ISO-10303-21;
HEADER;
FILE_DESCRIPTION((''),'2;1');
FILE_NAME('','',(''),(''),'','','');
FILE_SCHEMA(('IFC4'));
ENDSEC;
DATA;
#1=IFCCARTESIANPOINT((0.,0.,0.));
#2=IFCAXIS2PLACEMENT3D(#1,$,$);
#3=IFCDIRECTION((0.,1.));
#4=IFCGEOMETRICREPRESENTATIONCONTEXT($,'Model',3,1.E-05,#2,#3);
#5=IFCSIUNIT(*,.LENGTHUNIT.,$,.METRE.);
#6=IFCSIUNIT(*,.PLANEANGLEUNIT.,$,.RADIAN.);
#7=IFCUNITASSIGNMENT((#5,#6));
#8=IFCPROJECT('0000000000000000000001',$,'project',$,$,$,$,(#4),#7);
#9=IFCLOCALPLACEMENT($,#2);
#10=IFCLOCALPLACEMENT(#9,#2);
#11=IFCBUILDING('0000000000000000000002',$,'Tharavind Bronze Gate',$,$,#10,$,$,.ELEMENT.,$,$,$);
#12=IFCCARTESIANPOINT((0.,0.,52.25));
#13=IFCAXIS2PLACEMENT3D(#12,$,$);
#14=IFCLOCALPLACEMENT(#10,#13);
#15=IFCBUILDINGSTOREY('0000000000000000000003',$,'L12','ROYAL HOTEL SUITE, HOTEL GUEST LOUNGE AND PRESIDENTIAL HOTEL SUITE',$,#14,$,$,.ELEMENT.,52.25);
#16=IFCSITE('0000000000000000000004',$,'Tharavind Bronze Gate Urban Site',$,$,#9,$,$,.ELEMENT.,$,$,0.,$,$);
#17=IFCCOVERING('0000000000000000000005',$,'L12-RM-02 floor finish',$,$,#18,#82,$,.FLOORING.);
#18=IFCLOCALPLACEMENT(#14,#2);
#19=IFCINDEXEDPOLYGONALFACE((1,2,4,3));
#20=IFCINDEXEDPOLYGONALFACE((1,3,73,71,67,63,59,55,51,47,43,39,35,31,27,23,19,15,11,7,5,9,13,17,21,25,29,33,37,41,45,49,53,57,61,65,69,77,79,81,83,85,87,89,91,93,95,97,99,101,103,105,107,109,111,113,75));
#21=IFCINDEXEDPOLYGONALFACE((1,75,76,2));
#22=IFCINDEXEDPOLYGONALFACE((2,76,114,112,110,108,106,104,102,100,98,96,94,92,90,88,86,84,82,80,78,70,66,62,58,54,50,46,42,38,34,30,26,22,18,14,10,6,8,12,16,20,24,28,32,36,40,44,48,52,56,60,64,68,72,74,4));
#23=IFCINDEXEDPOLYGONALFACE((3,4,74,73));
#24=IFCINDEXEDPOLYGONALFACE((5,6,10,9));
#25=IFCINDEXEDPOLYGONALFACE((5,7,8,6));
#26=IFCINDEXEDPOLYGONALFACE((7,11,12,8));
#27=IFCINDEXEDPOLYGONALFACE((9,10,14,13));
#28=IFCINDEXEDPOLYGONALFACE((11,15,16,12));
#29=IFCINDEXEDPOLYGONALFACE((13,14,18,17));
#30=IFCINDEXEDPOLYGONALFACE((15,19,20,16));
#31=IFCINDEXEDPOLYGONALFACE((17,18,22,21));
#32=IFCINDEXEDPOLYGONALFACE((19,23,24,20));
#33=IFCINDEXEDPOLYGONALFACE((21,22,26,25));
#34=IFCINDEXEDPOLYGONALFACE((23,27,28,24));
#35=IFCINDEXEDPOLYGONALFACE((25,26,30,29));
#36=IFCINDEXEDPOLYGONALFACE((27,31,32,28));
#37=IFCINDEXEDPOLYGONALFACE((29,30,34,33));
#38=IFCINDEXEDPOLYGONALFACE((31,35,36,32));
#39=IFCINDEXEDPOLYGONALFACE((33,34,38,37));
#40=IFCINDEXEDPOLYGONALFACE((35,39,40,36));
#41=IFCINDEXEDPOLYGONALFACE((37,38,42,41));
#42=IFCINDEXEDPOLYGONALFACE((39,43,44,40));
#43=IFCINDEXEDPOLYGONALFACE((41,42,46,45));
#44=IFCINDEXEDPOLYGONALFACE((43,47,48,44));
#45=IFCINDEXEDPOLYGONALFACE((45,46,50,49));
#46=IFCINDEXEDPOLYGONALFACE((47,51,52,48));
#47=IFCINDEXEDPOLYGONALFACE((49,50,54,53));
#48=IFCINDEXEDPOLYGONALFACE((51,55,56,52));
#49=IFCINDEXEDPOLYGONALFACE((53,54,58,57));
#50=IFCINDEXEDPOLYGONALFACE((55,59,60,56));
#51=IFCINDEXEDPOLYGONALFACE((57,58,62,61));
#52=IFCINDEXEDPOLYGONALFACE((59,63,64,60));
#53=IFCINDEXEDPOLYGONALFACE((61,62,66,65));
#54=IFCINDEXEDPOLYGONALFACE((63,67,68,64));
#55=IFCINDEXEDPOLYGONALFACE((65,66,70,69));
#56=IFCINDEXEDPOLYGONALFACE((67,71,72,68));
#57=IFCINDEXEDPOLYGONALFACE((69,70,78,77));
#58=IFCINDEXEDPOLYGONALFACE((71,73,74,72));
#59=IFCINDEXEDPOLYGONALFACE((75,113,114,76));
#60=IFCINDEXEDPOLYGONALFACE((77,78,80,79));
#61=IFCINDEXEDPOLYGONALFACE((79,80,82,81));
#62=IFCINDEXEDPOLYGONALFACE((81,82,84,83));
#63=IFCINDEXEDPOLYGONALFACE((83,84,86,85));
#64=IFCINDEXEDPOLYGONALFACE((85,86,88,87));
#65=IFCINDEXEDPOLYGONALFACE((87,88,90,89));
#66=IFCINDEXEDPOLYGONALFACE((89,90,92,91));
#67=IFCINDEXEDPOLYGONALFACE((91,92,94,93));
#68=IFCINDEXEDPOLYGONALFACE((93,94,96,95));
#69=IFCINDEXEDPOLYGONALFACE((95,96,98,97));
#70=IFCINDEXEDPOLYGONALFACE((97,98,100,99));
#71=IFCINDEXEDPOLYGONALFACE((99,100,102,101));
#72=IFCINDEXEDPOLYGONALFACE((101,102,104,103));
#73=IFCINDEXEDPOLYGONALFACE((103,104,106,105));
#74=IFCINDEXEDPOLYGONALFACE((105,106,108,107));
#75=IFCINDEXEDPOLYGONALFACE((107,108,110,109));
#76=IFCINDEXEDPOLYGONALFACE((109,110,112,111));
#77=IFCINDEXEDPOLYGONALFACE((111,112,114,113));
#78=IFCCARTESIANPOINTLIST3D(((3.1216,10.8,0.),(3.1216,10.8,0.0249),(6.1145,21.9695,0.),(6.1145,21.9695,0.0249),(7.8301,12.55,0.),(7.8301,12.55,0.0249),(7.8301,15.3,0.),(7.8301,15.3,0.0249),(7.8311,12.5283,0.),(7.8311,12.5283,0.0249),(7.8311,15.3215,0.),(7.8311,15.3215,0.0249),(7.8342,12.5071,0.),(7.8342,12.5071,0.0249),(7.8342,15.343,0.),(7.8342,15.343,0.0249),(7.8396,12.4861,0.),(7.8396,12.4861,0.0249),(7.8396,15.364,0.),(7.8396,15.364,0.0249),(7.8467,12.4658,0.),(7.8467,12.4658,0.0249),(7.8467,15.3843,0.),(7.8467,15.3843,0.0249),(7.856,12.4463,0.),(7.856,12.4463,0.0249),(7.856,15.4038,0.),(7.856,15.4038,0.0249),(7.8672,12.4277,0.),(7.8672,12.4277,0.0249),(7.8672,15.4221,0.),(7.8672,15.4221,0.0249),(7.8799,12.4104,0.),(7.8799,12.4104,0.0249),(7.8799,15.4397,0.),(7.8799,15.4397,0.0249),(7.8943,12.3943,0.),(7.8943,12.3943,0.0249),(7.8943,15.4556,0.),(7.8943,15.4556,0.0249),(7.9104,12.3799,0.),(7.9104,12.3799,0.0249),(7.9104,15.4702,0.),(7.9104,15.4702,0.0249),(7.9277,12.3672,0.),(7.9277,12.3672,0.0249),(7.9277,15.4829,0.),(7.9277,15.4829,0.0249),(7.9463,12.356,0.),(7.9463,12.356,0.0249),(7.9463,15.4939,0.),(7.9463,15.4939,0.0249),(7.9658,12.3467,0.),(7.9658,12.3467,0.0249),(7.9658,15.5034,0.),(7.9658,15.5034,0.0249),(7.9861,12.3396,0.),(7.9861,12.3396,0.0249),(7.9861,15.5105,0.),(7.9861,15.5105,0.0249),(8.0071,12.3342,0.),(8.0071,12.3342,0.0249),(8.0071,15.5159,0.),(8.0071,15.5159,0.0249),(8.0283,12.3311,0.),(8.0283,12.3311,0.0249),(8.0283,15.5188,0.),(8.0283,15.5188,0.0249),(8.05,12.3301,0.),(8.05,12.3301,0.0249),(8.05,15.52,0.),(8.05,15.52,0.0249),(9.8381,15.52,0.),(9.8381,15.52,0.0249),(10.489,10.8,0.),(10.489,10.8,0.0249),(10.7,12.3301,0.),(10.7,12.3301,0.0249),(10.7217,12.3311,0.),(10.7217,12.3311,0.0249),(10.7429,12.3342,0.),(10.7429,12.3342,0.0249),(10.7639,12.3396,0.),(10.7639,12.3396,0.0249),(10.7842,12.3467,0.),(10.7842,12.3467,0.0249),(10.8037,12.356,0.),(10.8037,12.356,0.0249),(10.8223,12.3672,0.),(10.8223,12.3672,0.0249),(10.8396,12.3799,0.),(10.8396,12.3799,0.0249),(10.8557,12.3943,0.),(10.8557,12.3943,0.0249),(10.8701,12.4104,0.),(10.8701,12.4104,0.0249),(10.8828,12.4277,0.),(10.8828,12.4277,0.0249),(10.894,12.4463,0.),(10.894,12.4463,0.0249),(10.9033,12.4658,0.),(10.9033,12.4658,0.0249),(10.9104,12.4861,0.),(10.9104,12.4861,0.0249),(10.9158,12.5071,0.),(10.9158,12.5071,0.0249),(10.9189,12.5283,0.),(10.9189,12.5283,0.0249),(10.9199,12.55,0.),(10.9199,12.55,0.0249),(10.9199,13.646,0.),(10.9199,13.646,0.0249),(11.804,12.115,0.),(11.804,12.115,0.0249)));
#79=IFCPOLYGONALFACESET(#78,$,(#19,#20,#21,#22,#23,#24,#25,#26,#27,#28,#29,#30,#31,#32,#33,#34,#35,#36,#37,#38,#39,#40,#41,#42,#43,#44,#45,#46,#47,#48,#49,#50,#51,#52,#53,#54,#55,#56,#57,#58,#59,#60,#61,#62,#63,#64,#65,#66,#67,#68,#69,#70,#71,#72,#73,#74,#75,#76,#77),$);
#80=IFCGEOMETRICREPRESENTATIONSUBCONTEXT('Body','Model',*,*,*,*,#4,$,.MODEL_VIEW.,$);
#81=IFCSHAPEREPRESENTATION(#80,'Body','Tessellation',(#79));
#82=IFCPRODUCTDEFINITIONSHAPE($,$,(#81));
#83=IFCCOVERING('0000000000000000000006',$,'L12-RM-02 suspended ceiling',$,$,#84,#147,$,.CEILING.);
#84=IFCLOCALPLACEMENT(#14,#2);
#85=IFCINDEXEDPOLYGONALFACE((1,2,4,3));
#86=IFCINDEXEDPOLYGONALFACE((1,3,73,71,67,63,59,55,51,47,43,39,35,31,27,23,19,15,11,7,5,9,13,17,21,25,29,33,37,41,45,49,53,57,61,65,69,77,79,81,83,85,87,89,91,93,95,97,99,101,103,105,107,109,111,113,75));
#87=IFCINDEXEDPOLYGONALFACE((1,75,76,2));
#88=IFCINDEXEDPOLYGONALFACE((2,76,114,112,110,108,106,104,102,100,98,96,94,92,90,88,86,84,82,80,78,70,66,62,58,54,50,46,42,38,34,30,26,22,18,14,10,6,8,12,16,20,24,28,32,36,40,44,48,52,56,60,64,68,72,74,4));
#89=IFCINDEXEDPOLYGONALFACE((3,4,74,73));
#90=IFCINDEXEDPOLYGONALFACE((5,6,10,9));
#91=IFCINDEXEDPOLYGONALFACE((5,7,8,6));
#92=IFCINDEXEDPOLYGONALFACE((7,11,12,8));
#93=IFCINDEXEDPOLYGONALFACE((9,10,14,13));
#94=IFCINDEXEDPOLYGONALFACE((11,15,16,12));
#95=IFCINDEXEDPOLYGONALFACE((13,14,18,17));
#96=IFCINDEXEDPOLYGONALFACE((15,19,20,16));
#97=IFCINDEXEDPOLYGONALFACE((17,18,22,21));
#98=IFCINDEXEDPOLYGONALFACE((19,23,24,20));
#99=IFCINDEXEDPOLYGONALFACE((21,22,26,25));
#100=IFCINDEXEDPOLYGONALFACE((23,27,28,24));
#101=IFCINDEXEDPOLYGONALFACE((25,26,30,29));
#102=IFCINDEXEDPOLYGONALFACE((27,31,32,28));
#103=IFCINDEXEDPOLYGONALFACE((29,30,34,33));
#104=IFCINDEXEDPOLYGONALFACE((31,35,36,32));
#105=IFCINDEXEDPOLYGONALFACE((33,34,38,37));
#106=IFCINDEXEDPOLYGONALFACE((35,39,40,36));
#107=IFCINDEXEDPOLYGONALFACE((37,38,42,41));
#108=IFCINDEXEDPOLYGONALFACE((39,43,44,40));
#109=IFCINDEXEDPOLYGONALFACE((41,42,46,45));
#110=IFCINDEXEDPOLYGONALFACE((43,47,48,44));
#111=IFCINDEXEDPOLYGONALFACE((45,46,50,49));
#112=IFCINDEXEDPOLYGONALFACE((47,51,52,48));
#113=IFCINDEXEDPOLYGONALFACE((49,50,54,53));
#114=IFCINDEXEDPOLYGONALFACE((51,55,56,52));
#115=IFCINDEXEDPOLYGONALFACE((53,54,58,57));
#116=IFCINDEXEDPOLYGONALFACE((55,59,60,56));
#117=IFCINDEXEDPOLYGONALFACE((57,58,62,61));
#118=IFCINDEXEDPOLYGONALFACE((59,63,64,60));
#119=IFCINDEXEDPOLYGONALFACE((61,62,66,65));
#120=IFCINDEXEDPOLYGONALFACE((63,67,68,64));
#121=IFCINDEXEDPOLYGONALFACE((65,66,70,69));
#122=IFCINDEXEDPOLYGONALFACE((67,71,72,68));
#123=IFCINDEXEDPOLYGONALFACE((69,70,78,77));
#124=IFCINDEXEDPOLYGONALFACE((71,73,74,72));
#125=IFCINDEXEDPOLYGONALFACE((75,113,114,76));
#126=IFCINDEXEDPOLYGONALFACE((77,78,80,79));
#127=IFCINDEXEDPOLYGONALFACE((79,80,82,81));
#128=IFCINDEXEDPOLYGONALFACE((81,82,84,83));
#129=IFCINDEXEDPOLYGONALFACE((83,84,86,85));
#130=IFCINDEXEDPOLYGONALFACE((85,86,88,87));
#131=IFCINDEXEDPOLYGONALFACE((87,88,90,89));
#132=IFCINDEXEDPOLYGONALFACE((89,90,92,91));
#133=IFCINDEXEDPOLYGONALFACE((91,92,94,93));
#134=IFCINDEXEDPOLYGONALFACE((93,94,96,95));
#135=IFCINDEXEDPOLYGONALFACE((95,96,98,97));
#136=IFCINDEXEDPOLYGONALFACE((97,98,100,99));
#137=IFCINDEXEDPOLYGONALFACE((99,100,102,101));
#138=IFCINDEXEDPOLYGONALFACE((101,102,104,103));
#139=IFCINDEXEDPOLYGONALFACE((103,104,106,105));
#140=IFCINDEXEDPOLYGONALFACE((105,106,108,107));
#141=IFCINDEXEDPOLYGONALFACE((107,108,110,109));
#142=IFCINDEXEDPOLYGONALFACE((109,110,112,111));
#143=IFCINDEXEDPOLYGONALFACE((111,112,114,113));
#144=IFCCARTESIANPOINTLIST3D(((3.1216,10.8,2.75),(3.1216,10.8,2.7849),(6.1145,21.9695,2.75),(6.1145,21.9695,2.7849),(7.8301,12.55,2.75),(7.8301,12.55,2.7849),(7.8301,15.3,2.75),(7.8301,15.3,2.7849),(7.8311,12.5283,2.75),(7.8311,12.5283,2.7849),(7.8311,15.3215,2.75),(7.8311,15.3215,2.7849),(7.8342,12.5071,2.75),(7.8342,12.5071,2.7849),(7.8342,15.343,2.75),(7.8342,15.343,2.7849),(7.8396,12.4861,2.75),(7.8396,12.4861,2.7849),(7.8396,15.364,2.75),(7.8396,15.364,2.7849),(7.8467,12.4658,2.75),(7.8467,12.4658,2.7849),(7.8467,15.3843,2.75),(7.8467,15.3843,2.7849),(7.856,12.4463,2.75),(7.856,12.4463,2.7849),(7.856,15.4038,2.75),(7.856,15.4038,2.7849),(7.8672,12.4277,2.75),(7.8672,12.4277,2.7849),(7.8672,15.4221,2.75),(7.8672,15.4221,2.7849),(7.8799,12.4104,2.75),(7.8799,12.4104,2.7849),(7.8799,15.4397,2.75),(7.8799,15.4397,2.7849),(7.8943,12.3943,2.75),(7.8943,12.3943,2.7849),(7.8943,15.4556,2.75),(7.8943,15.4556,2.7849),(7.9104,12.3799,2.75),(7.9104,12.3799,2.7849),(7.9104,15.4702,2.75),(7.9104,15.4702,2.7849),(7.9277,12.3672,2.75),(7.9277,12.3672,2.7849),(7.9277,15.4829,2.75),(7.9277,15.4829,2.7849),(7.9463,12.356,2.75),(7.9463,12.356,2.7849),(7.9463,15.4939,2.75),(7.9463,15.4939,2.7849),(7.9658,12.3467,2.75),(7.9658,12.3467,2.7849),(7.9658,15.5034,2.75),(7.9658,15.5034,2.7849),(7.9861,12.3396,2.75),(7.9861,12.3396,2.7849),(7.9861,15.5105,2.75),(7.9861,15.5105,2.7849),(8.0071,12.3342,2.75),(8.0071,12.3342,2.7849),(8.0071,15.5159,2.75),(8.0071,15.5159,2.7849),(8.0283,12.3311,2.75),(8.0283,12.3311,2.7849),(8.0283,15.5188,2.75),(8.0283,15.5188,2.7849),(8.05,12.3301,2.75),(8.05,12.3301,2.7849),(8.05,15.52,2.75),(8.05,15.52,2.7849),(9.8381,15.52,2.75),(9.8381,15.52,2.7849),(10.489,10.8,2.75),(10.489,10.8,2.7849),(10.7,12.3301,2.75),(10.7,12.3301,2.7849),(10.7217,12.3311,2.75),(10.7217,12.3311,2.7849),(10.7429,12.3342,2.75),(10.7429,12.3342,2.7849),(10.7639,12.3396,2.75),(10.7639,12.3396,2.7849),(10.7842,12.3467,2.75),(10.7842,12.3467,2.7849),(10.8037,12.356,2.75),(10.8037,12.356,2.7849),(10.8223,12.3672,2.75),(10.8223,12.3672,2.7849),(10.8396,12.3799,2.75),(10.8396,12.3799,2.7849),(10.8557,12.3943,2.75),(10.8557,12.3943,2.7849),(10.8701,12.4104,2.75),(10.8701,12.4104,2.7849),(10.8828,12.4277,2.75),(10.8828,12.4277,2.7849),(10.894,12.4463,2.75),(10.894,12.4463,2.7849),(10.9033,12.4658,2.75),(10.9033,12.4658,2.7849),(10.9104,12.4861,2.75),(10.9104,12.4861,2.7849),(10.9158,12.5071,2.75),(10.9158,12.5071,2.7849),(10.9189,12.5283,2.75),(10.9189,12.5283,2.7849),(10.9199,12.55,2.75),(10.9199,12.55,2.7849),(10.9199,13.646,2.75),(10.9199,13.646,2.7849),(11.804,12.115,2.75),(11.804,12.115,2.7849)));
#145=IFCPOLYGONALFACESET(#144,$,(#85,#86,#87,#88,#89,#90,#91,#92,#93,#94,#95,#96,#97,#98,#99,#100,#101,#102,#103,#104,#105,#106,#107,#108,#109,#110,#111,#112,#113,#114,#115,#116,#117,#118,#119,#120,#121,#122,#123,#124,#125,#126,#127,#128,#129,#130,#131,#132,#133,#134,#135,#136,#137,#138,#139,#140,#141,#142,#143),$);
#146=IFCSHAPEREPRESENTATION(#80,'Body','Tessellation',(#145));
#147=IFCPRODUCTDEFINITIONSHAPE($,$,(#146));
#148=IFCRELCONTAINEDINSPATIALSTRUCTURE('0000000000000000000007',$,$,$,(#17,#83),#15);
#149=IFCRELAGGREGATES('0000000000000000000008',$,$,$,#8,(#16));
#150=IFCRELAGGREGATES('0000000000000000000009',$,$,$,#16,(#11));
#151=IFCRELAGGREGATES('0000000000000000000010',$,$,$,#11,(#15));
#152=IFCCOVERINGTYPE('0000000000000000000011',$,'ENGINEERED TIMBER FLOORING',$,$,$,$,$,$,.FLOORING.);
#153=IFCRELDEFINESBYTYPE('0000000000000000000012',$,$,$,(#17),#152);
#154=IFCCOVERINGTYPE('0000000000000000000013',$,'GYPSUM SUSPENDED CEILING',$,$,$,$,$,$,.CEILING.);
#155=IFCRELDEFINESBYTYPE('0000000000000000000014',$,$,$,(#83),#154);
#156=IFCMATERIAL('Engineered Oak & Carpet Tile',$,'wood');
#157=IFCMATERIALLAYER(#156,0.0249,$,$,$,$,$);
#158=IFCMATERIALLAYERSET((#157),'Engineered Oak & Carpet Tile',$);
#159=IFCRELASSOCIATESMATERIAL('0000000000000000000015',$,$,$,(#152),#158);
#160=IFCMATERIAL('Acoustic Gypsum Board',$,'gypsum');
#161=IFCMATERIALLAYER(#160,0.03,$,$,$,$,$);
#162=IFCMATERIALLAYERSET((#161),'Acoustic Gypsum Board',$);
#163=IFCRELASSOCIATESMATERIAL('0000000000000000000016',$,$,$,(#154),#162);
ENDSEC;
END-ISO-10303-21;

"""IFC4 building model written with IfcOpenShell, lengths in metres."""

from ifc_helpers import new_model, si_unit, direction, frame, origin, place, context, subcontext, project, spatial, polyline, outline, extrude, material, layer, layer_set, type_object, element, save


model = new_model("IFC4")

# Units and contexts
model_context = context("Model", 3, precision=1e-05, world=origin(), true_north=direction((0.0, 1.0)))
body_context = subcontext(model_context, "Body", "Model", "MODEL_VIEW")
ifc_project = project(units=[si_unit("LENGTHUNIT", "METRE"), si_unit("PLANEANGLEUNIT", "RADIAN")], contexts=[model_context])

# Site, building, storey
site_placement = place(None, origin())
site = spatial("IfcSite", under=ifc_project, at=site_placement, Name="Tharavind Bronze Gate Urban Site", CompositionType="ELEMENT", RefElevation=0.0)
building_placement = place(site_placement, origin())
building = spatial("IfcBuilding", under=site, at=building_placement, Name="Tharavind Bronze Gate", CompositionType="ELEMENT")
storey_placement = place(building_placement, frame((0.0, 0.0, 52.25)))
storey = spatial("IfcBuildingStorey", under=building, at=storey_placement, Name="L12", Description="ROYAL HOTEL SUITE, HOTEL GUEST LOUNGE AND PRESIDENTIAL HOTEL SUITE", CompositionType="ELEMENT", Elevation=52.25)

# Coverings
ifc_material_1 = material(Name="Engineered Oak & Carpet Tile", Category="wood")
ifc_layer_1 = layer(ifc_material_1, 0.0249)
ifc_layer_set_1 = layer_set([ifc_layer_1], Name="Engineered Oak & Carpet Tile")
covering_type_1 = type_object("IfcCoveringType", Name="ENGINEERED TIMBER FLOORING", PredefinedType="FLOORING", material=ifc_layer_set_1)
covering_1_placement = place(storey_placement, origin())
element("IfcCovering", 1, at=covering_1_placement, inside=storey, type_object=covering_type_1, Name="L12-RM-02 floor finish", PredefinedType="FLOORING", context=body_context, shape_type="SweptSolid", body=[
    extrude(outline(polyline([(10.489, 10.8), (11.804, 12.115), (10.9199, 13.646), (10.9199, 12.55), (10.9189, 12.5283), (10.9158, 12.5071), (10.9104, 12.4861), (10.9033, 12.4658), (10.894, 12.4463), (10.8828, 12.4277), (10.8701, 12.4104), (10.8557, 12.3943), (10.8396, 12.3799), (10.8223, 12.3672), (10.8037, 12.356), (10.7842, 12.3467), (10.7639, 12.3396), (10.7429, 12.3342), (10.7217, 12.3311), (10.7, 12.3301), (8.05, 12.3301), (8.0283, 12.3311), (8.0071, 12.3342), (7.9861, 12.3396), (7.9658, 12.3467), (7.9463, 12.356), (7.9277, 12.3672), (7.9104, 12.3799), (7.8943, 12.3943), (7.8799, 12.4104), (7.8672, 12.4277), (7.856, 12.4463), (7.8467, 12.4658), (7.8396, 12.4861), (7.8342, 12.5071), (7.8311, 12.5283), (7.8301, 12.55), (7.8301, 15.3), (7.8311, 15.3215), (7.8342, 15.343), (7.8396, 15.364), (7.8467, 15.3843), (7.856, 15.4038), (7.8672, 15.4221), (7.8799, 15.4397), (7.8943, 15.4556), (7.9104, 15.4702), (7.9277, 15.4829), (7.9463, 15.4939), (7.9658, 15.5034), (7.9861, 15.5105), (8.0071, 15.5159), (8.0283, 15.5188), (8.05, 15.52), (9.8381, 15.52), (6.1145, 21.9695), (3.1216, 10.8), (10.489, 10.8)])), origin(), (0.0, 0.0, 1.0), 0.0249),
])
ifc_material_2 = material(Name="Acoustic Gypsum Board", Category="gypsum")
ifc_layer_2 = layer(ifc_material_2, 0.03)
ifc_layer_set_2 = layer_set([ifc_layer_2], Name="Acoustic Gypsum Board")
covering_type_2 = type_object("IfcCoveringType", Name="GYPSUM SUSPENDED CEILING", PredefinedType="CEILING", material=ifc_layer_set_2)
covering_2_placement = place(storey_placement, frame((0.0, 0.0, 2.75)))
element("IfcCovering", 2, at=covering_2_placement, inside=storey, type_object=covering_type_2, Name="L12-RM-02 suspended ceiling", PredefinedType="CEILING", context=body_context, shape_type="SweptSolid", body=[
    extrude(outline(polyline([(10.489, 10.8), (11.804, 12.115), (10.9199, 13.646), (10.9199, 12.55), (10.9189, 12.5283), (10.9158, 12.5071), (10.9104, 12.4861), (10.9033, 12.4658), (10.894, 12.4463), (10.8828, 12.4277), (10.8701, 12.4104), (10.8557, 12.3943), (10.8396, 12.3799), (10.8223, 12.3672), (10.8037, 12.356), (10.7842, 12.3467), (10.7639, 12.3396), (10.7429, 12.3342), (10.7217, 12.3311), (10.7, 12.3301), (8.05, 12.3301), (8.0283, 12.3311), (8.0071, 12.3342), (7.9861, 12.3396), (7.9658, 12.3467), (7.9463, 12.356), (7.9277, 12.3672), (7.9104, 12.3799), (7.8943, 12.3943), (7.8799, 12.4104), (7.8672, 12.4277), (7.856, 12.4463), (7.8467, 12.4658), (7.8396, 12.4861), (7.8342, 12.5071), (7.8311, 12.5283), (7.8301, 12.55), (7.8301, 15.3), (7.8311, 15.3215), (7.8342, 15.343), (7.8396, 15.364), (7.8467, 15.3843), (7.856, 15.4038), (7.8672, 15.4221), (7.8799, 15.4397), (7.8943, 15.4556), (7.9104, 15.4702), (7.9277, 15.4829), (7.9463, 15.4939), (7.9658, 15.5034), (7.9861, 15.5105), (8.0071, 15.5159), (8.0283, 15.5188), (8.05, 15.52), (9.8381, 15.52), (6.1145, 21.9695), (3.1216, 10.8), (10.489, 10.8)])), origin(), (0.0, 0.0, 1.0), 0.0349),
])

save(model, "model.ifc")
